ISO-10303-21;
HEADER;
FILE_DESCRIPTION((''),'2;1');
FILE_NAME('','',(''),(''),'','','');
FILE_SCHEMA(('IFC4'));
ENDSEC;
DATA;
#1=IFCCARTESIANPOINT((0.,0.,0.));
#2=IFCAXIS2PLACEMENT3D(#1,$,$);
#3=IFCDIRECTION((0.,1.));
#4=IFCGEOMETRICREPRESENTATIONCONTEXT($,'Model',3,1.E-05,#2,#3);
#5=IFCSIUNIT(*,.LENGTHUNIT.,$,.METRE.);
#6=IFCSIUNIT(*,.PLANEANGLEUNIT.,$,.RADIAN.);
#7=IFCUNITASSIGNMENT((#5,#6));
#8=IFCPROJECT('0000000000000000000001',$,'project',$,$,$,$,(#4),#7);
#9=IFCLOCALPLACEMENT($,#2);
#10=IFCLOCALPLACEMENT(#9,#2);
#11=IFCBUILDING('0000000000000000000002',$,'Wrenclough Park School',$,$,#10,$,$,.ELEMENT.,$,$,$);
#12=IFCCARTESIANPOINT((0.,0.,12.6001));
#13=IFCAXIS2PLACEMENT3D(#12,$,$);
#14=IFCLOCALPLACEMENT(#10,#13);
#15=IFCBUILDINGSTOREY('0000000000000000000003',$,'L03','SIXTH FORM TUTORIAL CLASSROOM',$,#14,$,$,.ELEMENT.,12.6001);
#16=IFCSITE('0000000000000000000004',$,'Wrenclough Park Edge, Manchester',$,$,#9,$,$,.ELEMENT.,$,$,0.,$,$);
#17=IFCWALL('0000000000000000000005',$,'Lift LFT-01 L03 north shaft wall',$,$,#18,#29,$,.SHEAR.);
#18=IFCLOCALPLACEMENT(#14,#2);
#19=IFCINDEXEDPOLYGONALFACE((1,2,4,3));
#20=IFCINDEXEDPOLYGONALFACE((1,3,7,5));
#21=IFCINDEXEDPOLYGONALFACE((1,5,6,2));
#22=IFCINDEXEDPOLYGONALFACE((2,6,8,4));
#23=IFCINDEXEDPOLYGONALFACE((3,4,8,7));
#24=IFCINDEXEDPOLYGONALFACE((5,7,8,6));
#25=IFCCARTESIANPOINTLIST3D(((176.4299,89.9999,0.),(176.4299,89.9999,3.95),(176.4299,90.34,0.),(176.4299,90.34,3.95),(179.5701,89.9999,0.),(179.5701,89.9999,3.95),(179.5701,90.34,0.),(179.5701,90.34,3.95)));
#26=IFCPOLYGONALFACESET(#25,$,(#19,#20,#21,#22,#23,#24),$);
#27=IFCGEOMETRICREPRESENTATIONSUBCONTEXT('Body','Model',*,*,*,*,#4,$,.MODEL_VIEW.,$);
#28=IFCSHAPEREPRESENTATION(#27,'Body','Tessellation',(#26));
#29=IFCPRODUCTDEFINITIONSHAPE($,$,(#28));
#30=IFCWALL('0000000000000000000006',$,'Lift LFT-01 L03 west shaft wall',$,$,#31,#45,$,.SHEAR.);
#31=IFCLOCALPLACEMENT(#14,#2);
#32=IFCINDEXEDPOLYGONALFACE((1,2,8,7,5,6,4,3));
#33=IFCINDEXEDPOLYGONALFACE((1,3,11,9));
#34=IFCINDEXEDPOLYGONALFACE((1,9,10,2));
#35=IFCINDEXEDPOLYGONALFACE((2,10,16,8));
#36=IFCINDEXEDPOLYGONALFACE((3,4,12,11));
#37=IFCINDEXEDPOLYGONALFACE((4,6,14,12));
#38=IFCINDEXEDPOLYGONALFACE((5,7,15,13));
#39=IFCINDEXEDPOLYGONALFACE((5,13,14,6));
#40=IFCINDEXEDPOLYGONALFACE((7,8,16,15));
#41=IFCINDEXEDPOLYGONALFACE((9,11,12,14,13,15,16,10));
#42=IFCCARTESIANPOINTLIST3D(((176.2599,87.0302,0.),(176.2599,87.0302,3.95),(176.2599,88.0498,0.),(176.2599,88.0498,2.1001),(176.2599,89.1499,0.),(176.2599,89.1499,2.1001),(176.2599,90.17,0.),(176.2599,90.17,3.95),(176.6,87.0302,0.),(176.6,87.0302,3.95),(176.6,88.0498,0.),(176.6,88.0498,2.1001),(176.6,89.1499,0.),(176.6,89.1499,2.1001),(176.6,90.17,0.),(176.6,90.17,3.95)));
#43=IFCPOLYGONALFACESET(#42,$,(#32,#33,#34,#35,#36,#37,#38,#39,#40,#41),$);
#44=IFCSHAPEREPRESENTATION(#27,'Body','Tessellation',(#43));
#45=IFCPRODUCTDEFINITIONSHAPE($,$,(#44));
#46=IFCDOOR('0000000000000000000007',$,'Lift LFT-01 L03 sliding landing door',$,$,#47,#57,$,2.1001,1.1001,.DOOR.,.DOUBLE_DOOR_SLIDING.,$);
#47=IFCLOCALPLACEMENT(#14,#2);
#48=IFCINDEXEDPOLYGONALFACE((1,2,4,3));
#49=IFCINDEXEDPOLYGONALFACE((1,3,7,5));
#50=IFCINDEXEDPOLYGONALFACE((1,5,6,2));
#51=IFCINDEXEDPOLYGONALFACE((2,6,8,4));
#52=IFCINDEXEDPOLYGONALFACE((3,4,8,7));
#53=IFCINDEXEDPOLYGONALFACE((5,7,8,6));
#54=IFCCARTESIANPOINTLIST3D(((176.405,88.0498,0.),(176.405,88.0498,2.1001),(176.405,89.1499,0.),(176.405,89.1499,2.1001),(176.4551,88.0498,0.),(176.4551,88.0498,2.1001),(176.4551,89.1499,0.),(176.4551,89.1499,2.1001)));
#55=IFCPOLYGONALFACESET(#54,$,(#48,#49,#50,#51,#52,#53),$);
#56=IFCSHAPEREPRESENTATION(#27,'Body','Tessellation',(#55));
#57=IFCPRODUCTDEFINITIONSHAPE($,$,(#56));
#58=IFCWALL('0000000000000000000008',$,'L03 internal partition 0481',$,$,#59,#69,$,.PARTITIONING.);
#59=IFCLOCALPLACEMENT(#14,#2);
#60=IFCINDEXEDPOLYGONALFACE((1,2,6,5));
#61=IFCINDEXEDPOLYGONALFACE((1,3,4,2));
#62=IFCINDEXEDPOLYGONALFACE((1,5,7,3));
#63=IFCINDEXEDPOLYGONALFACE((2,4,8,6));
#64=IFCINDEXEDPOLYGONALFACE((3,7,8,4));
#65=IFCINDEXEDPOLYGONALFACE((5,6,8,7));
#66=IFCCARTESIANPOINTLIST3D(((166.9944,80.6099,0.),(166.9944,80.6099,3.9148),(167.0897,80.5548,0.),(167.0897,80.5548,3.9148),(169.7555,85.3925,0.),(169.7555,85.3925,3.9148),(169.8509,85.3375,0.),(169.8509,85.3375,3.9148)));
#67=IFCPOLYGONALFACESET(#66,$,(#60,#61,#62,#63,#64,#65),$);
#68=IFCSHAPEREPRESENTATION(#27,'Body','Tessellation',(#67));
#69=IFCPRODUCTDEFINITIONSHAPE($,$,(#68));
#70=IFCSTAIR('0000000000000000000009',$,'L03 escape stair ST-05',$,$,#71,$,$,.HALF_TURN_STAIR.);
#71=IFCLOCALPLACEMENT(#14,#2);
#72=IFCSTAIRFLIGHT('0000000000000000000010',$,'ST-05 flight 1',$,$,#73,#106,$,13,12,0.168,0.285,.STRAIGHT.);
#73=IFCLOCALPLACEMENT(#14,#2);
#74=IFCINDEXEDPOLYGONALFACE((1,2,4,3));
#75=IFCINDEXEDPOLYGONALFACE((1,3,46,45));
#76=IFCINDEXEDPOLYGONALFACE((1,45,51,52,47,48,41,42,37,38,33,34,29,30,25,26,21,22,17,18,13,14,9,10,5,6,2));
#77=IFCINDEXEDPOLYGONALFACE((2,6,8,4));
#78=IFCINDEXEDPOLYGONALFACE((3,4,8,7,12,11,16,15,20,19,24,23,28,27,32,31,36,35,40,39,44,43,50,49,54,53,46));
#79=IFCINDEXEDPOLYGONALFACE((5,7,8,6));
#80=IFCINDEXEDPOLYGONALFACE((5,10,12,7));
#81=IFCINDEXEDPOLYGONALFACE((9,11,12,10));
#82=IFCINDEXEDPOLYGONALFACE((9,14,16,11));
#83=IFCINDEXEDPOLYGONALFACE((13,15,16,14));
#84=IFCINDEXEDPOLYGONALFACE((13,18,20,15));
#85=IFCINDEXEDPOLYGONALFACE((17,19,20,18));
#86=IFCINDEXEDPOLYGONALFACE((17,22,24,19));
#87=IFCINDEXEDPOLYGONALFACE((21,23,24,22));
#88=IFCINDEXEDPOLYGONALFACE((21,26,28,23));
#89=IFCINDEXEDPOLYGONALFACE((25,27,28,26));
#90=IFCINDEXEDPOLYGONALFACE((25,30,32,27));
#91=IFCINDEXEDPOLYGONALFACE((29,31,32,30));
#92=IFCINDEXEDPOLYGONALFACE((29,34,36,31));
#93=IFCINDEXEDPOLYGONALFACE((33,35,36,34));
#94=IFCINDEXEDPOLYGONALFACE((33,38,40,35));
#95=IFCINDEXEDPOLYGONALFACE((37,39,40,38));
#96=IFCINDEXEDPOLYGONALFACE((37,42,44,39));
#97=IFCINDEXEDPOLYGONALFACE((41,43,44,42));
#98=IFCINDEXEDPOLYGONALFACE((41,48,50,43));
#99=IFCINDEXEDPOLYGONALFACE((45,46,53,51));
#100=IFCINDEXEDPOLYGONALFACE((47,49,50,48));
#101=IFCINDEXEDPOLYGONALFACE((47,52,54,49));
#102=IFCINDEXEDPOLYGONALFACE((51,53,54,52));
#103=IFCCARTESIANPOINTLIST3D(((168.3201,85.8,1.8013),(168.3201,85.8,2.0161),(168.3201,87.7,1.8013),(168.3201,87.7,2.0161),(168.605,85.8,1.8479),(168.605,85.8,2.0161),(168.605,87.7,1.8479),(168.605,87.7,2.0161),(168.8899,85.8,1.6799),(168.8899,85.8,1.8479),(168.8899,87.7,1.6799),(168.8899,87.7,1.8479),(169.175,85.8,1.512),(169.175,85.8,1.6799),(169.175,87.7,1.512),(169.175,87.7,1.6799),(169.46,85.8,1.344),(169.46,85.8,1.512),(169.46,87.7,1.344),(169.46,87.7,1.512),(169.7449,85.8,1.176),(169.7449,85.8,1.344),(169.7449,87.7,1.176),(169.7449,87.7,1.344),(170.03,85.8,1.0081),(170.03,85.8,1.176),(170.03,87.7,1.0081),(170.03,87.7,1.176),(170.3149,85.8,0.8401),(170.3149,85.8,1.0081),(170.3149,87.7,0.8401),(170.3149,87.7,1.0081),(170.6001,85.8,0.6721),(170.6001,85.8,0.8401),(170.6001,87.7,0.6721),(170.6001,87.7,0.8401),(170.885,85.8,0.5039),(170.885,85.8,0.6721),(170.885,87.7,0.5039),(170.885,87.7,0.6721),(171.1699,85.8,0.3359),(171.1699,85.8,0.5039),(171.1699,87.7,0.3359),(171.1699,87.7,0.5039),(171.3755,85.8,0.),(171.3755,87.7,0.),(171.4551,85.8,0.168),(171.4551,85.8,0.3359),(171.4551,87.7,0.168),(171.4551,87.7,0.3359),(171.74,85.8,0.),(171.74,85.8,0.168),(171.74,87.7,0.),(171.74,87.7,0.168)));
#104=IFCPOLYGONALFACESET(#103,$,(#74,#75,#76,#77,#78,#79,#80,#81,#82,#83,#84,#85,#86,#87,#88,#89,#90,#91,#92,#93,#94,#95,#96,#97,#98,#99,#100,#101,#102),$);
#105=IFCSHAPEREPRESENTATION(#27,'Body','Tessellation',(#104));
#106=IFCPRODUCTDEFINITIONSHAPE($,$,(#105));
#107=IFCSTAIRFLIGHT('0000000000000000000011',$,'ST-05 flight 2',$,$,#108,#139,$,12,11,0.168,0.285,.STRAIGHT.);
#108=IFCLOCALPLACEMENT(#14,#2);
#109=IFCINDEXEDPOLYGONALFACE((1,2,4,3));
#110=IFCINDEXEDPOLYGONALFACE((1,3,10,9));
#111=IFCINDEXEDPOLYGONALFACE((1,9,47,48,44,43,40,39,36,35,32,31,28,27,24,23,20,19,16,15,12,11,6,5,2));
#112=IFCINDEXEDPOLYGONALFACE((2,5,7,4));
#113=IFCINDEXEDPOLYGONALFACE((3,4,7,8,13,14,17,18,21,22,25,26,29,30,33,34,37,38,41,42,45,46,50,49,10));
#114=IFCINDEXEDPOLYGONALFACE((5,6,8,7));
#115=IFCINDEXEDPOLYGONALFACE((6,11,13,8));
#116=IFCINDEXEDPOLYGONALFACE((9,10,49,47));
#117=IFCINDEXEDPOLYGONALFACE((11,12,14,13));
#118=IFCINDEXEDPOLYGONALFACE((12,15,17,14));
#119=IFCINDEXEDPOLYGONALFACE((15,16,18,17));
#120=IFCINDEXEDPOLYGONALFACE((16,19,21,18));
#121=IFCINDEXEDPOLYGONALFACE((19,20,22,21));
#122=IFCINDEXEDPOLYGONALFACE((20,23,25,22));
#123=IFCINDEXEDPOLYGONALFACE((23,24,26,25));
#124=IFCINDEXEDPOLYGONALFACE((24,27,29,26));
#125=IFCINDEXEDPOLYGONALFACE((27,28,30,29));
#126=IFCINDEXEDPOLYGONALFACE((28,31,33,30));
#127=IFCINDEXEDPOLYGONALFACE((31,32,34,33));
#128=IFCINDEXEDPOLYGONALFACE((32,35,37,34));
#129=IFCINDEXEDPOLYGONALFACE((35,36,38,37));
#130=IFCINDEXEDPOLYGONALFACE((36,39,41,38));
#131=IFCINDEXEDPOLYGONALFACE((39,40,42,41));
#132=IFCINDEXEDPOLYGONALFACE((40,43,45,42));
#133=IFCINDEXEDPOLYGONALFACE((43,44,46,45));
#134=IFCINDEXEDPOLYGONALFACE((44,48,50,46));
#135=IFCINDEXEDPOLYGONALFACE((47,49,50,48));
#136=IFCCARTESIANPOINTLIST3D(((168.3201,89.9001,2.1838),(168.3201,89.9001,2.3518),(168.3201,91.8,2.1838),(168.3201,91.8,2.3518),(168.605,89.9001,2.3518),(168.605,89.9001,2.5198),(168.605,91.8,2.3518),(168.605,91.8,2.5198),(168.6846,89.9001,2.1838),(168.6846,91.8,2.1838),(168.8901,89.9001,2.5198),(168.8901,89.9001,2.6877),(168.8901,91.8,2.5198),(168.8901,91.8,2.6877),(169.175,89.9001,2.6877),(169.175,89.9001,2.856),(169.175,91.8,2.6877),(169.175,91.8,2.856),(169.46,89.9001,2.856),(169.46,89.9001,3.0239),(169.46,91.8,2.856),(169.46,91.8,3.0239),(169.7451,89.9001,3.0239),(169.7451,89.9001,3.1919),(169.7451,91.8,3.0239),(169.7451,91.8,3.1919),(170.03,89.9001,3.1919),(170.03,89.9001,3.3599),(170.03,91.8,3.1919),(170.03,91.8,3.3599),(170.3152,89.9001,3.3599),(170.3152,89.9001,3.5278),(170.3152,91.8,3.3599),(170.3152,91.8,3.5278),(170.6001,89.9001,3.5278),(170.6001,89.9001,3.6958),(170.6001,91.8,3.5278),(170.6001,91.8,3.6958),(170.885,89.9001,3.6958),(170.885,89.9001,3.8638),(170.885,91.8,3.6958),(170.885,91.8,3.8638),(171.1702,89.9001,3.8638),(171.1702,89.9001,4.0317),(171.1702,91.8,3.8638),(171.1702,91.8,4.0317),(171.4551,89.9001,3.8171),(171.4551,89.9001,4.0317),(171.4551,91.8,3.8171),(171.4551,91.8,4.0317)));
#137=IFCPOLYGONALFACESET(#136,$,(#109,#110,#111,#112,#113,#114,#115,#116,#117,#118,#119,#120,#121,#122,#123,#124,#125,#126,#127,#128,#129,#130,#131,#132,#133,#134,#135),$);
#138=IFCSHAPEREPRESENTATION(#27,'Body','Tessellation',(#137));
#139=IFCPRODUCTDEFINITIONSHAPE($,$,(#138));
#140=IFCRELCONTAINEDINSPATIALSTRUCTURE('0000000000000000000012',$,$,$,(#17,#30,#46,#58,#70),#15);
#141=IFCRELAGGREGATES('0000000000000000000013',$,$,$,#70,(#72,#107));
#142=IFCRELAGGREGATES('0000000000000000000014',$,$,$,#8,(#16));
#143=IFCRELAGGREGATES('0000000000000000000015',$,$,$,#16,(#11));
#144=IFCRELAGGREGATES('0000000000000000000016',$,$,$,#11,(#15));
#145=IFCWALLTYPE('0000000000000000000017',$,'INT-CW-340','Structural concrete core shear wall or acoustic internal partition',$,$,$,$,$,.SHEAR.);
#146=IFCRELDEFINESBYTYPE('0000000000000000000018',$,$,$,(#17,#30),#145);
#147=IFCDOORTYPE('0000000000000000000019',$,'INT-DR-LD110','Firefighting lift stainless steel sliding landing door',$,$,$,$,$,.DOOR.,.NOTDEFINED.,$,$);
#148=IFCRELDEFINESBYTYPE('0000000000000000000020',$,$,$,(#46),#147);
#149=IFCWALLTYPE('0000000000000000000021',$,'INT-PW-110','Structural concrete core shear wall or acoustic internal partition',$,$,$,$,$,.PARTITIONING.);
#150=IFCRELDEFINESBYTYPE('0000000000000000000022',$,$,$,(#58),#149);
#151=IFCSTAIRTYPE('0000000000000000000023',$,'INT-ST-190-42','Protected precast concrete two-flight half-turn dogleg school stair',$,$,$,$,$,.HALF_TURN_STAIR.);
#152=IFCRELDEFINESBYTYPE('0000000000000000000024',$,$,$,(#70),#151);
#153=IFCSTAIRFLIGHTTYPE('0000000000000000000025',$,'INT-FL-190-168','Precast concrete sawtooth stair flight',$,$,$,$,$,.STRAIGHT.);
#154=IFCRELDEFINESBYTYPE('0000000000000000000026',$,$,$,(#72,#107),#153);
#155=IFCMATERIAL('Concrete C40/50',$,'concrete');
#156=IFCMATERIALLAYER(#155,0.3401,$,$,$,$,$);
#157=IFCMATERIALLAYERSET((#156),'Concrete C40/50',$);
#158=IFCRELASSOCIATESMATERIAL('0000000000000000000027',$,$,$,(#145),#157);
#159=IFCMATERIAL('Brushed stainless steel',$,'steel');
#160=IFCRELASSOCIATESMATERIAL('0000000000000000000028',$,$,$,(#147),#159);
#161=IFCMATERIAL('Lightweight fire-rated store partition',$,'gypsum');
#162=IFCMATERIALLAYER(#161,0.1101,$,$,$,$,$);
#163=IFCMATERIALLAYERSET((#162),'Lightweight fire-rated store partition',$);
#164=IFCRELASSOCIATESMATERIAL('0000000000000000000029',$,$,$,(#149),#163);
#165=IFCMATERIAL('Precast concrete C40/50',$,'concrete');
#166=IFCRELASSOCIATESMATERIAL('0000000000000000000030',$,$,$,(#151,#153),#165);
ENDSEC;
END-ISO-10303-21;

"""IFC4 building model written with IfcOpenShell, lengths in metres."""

from ifc_helpers import new_model, si_unit, direction, frame, frame_2d, origin, place, context, subcontext, project, spatial, polyline, rectangle, outline, extrude, material, layer, layer_set, type_object, element, fill, aggregate, save


model = new_model("IFC4")

# Units and contexts
model_context = context("Model", 3, precision=1e-05, world=origin(), true_north=direction((0.0, 1.0)))
body_context = subcontext(model_context, "Body", "Model", "MODEL_VIEW")
ifc_project = project(units=[si_unit("LENGTHUNIT", "METRE"), si_unit("PLANEANGLEUNIT", "RADIAN")], contexts=[model_context])

# Site, building, storey
site_placement = place(None, origin())
site = spatial("IfcSite", under=ifc_project, at=site_placement, Name="Wrenclough Park Edge, Manchester", CompositionType="ELEMENT", RefElevation=0.0)
building_placement = place(site_placement, origin())
building = spatial("IfcBuilding", under=site, at=building_placement, Name="Wrenclough Park School", CompositionType="ELEMENT")
storey_placement = place(building_placement, frame((0.0, 0.0, 12.6001)))
storey = spatial("IfcBuildingStorey", under=building, at=storey_placement, Name="L03", Description="SIXTH FORM TUTORIAL CLASSROOM", CompositionType="ELEMENT", Elevation=12.6001)

# Shared definitions
ifc_material_1 = material(Name="Concrete C40/50", Category="concrete")

# Shared definitions
ifc_layer_1 = layer(ifc_material_1, 0.3401)
ifc_layer_set_1 = layer_set([ifc_layer_1], Name="Concrete C40/50")
wall_type_1 = type_object("IfcWallType", Name="INT-CW-340", Description="Structural concrete core shear wall or acoustic internal partition", PredefinedType="SHEAR", material=ifc_layer_set_1)

# Wall
wall_1_placement = place(storey_placement, frame((179.5701, 90.1699, 0.0), z_axis=(0.0, 0.0, 1.0), x_axis=(-1.0, 0.0, 0.0)))
element("IfcWall", 1, at=wall_1_placement, inside=storey, type_object=wall_type_1, Name="Lift LFT-01 L03 north shaft wall", PredefinedType="SHEAR", context=body_context, shape_type="SweptSolid", body=[
    extrude(rectangle(XDim=3.1401, YDim=0.3401, at=frame_2d((1.5701, 0.0))), origin(), (0.0, 0.0, 1.0), 3.95),
])

# Wall, opening, door
wall_2_placement = place(storey_placement, frame((176.4299, 90.1699, 0.0), z_axis=(0.0, 0.0, 1.0), x_axis=(0.0, -1.0, 0.0)))
wall_2 = element("IfcWall", 2, at=wall_2_placement, inside=storey, type_object=wall_type_1, Name="Lift LFT-01 L03 west shaft wall", PredefinedType="SHEAR", context=body_context, shape_type="SweptSolid", body=[
    extrude(rectangle(XDim=3.1399, YDim=0.3401, at=frame_2d((1.5698, 0.0))), origin(), (0.0, 0.0, 1.0), 3.95),
])
opening_1_placement = place(wall_2_placement, frame((1.02, 0.0, 0.0)))
opening_1 = element("IfcOpeningElement", 3, at=opening_1_placement, cuts=wall_2, PredefinedType="OPENING", context=body_context, shape_type="SweptSolid", body=[
    extrude(rectangle(XDim=1.1001, YDim=2.1001, at=frame_2d((0.55, 1.05))), frame((0.0, 0.1799, 0.0), z_axis=(0.0, -1.0, 0.0), x_axis=(1.0, 0.0, 0.0)), (0.0, 0.0, 1.0), 0.3601),
])
ifc_material_2 = material(Name="Brushed stainless steel", Category="steel")
door_type_1 = type_object("IfcDoorType", Name="INT-DR-LD110", Description="Firefighting lift stainless steel sliding landing door", OperationType="NOTDEFINED", PredefinedType="DOOR", material=ifc_material_2)
door_1_placement = place(opening_1_placement, frame((1.1001, 0.0, 0.0), z_axis=(0.0, 0.0, 1.0), x_axis=(-1.0, 0.0, 0.0)))
door_1 = element("IfcDoor", 4, at=door_1_placement, inside=storey, type_object=door_type_1, Name="Lift LFT-01 L03 sliding landing door", OperationType="DOUBLE_DOOR_SLIDING", OverallHeight=2.1001, OverallWidth=1.1001, PredefinedType="DOOR", context=body_context, shape_type="SweptSolid", body=[
    extrude(rectangle(XDim=1.1001, YDim=2.1001, at=frame_2d((0.55, 1.05))), frame((0.0, 0.0249, 0.0), z_axis=(0.0, -1.0, 0.0), x_axis=(1.0, 0.0, 0.0)), (0.0, 0.0, 1.0), 0.05),
])
fill(opening_1, door_1)

# Wall
ifc_material_3 = material(Name="Lightweight fire-rated store partition", Category="gypsum")
ifc_layer_2 = layer(ifc_material_3, 0.1101)
ifc_layer_set_2 = layer_set([ifc_layer_2], Name="Lightweight fire-rated store partition")
wall_type_2 = type_object("IfcWallType", Name="INT-PW-110", Description="Structural concrete core shear wall or acoustic internal partition", PredefinedType="PARTITIONING", material=ifc_layer_set_2)
wall_3_placement = place(storey_placement, frame((169.8032, 85.365, 0.0), z_axis=(0.0, 0.0, 1.0), x_axis=(-0.49999, -0.866031, 0.0)))
element("IfcWall", 5, at=wall_3_placement, inside=storey, type_object=wall_type_2, Name="L03 internal partition 0481", PredefinedType="PARTITIONING", context=body_context, shape_type="SweptSolid", body=[
    extrude(rectangle(XDim=5.5225, YDim=0.1101, at=frame_2d((2.7612, 0.0))), origin(), (0.0, 0.0, 1.0), 3.9148),
])

# Stair, stair flights
ifc_material_4 = material(Name="Precast concrete C40/50", Category="concrete")
stair_type = type_object("IfcStairType", Name="INT-ST-190-42", Description="Protected precast concrete two-flight half-turn dogleg school stair", PredefinedType="HALF_TURN_STAIR", material=ifc_material_4)
stair_placement = place(storey_placement, origin())
stair = element("IfcStair", 6, at=stair_placement, inside=storey, type_object=stair_type, Name="L03 escape stair ST-05", PredefinedType="HALF_TURN_STAIR")
stair_flight_type = type_object("IfcStairFlightType", Name="INT-FL-190-168", Description="Precast concrete sawtooth stair flight", PredefinedType="STRAIGHT", material=ifc_material_4)
stair_flight_1_placement = place(storey_placement, frame((171.74, 86.75, 0.0), z_axis=(0.0, 0.0, 1.0), x_axis=(-1.0, 0.0, 0.0)))
stair_flight_1 = element("IfcStairFlight", 7, at=stair_flight_1_placement, type_object=stair_flight_type, Name="ST-05 flight 1", NumberOfRisers=13, NumberOfTreads=12, PredefinedType="STRAIGHT", RiserHeight=0.168, TreadLength=0.285, context=body_context, shape_type="SweptSolid", body=[
    extrude(outline(polyline([(0.0, 0.0), (0.0, 0.168), (0.2849, 0.168), (0.2849, 0.3359), (0.5701, 0.3359), (0.5701, 0.5039), (0.855, 0.5039), (0.855, 0.6721), (1.1399, 0.6721), (1.1399, 0.8401), (1.425, 0.8401), (1.425, 1.0081), (1.71, 1.0081), (1.71, 1.176), (1.9951, 1.176), (1.9951, 1.344), (2.28, 1.344), (2.28, 1.512), (2.5649, 1.512), (2.5649, 1.6799), (2.8501, 1.6799), (2.8501, 1.8479), (3.135, 1.8479), (3.135, 2.0161), (3.4199, 2.0161), (3.4199, 2.1841), (3.4199, 1.8013), (0.3645, 0.0), (0.0, 0.0)])), frame((0.0, 0.95, 0.0), z_axis=(0.0, -1.0, 0.0), x_axis=(1.0, 0.0, 0.0)), (0.0, 0.0, 1.0), 1.8999),
])
stair_flight_2_placement = place(storey_placement, frame((168.3201, 90.8501, 2.1838), z_axis=(0.0, 0.0, 1.0), x_axis=(1.0, 0.0, 0.0)))
stair_flight_2 = element("IfcStairFlight", 8, at=stair_flight_2_placement, type_object=stair_flight_type, Name="ST-05 flight 2", NumberOfRisers=12, NumberOfTreads=11, PredefinedType="STRAIGHT", RiserHeight=0.168, TreadLength=0.285, context=body_context, shape_type="SweptSolid", body=[
    extrude(outline(polyline([(0.0, 0.0), (0.0, 0.168), (0.2849, 0.168), (0.2849, 0.3359), (0.5701, 0.3359), (0.5701, 0.5039), (0.855, 0.5039), (0.855, 0.6721), (1.1399, 0.6721), (1.1399, 0.8401), (1.425, 0.8401), (1.425, 1.0081), (1.71, 1.0081), (1.71, 1.176), (1.9951, 1.176), (1.9951, 1.344), (2.28, 1.344), (2.28, 1.512), (2.5649, 1.512), (2.5649, 1.6799), (2.8501, 1.6799), (2.8501, 1.8479), (3.135, 1.8479), (3.135, 2.0161), (3.135, 1.6333), (0.3645, 0.0), (0.0, 0.0)])), frame((0.0, 0.95, 0.0), z_axis=(0.0, -1.0, 0.0), x_axis=(1.0, 0.0, 0.0)), (0.0, 0.0, 1.0), 1.8999),
])
aggregate(stair, [stair_flight_1, stair_flight_2])

save(model, "model.ifc")
